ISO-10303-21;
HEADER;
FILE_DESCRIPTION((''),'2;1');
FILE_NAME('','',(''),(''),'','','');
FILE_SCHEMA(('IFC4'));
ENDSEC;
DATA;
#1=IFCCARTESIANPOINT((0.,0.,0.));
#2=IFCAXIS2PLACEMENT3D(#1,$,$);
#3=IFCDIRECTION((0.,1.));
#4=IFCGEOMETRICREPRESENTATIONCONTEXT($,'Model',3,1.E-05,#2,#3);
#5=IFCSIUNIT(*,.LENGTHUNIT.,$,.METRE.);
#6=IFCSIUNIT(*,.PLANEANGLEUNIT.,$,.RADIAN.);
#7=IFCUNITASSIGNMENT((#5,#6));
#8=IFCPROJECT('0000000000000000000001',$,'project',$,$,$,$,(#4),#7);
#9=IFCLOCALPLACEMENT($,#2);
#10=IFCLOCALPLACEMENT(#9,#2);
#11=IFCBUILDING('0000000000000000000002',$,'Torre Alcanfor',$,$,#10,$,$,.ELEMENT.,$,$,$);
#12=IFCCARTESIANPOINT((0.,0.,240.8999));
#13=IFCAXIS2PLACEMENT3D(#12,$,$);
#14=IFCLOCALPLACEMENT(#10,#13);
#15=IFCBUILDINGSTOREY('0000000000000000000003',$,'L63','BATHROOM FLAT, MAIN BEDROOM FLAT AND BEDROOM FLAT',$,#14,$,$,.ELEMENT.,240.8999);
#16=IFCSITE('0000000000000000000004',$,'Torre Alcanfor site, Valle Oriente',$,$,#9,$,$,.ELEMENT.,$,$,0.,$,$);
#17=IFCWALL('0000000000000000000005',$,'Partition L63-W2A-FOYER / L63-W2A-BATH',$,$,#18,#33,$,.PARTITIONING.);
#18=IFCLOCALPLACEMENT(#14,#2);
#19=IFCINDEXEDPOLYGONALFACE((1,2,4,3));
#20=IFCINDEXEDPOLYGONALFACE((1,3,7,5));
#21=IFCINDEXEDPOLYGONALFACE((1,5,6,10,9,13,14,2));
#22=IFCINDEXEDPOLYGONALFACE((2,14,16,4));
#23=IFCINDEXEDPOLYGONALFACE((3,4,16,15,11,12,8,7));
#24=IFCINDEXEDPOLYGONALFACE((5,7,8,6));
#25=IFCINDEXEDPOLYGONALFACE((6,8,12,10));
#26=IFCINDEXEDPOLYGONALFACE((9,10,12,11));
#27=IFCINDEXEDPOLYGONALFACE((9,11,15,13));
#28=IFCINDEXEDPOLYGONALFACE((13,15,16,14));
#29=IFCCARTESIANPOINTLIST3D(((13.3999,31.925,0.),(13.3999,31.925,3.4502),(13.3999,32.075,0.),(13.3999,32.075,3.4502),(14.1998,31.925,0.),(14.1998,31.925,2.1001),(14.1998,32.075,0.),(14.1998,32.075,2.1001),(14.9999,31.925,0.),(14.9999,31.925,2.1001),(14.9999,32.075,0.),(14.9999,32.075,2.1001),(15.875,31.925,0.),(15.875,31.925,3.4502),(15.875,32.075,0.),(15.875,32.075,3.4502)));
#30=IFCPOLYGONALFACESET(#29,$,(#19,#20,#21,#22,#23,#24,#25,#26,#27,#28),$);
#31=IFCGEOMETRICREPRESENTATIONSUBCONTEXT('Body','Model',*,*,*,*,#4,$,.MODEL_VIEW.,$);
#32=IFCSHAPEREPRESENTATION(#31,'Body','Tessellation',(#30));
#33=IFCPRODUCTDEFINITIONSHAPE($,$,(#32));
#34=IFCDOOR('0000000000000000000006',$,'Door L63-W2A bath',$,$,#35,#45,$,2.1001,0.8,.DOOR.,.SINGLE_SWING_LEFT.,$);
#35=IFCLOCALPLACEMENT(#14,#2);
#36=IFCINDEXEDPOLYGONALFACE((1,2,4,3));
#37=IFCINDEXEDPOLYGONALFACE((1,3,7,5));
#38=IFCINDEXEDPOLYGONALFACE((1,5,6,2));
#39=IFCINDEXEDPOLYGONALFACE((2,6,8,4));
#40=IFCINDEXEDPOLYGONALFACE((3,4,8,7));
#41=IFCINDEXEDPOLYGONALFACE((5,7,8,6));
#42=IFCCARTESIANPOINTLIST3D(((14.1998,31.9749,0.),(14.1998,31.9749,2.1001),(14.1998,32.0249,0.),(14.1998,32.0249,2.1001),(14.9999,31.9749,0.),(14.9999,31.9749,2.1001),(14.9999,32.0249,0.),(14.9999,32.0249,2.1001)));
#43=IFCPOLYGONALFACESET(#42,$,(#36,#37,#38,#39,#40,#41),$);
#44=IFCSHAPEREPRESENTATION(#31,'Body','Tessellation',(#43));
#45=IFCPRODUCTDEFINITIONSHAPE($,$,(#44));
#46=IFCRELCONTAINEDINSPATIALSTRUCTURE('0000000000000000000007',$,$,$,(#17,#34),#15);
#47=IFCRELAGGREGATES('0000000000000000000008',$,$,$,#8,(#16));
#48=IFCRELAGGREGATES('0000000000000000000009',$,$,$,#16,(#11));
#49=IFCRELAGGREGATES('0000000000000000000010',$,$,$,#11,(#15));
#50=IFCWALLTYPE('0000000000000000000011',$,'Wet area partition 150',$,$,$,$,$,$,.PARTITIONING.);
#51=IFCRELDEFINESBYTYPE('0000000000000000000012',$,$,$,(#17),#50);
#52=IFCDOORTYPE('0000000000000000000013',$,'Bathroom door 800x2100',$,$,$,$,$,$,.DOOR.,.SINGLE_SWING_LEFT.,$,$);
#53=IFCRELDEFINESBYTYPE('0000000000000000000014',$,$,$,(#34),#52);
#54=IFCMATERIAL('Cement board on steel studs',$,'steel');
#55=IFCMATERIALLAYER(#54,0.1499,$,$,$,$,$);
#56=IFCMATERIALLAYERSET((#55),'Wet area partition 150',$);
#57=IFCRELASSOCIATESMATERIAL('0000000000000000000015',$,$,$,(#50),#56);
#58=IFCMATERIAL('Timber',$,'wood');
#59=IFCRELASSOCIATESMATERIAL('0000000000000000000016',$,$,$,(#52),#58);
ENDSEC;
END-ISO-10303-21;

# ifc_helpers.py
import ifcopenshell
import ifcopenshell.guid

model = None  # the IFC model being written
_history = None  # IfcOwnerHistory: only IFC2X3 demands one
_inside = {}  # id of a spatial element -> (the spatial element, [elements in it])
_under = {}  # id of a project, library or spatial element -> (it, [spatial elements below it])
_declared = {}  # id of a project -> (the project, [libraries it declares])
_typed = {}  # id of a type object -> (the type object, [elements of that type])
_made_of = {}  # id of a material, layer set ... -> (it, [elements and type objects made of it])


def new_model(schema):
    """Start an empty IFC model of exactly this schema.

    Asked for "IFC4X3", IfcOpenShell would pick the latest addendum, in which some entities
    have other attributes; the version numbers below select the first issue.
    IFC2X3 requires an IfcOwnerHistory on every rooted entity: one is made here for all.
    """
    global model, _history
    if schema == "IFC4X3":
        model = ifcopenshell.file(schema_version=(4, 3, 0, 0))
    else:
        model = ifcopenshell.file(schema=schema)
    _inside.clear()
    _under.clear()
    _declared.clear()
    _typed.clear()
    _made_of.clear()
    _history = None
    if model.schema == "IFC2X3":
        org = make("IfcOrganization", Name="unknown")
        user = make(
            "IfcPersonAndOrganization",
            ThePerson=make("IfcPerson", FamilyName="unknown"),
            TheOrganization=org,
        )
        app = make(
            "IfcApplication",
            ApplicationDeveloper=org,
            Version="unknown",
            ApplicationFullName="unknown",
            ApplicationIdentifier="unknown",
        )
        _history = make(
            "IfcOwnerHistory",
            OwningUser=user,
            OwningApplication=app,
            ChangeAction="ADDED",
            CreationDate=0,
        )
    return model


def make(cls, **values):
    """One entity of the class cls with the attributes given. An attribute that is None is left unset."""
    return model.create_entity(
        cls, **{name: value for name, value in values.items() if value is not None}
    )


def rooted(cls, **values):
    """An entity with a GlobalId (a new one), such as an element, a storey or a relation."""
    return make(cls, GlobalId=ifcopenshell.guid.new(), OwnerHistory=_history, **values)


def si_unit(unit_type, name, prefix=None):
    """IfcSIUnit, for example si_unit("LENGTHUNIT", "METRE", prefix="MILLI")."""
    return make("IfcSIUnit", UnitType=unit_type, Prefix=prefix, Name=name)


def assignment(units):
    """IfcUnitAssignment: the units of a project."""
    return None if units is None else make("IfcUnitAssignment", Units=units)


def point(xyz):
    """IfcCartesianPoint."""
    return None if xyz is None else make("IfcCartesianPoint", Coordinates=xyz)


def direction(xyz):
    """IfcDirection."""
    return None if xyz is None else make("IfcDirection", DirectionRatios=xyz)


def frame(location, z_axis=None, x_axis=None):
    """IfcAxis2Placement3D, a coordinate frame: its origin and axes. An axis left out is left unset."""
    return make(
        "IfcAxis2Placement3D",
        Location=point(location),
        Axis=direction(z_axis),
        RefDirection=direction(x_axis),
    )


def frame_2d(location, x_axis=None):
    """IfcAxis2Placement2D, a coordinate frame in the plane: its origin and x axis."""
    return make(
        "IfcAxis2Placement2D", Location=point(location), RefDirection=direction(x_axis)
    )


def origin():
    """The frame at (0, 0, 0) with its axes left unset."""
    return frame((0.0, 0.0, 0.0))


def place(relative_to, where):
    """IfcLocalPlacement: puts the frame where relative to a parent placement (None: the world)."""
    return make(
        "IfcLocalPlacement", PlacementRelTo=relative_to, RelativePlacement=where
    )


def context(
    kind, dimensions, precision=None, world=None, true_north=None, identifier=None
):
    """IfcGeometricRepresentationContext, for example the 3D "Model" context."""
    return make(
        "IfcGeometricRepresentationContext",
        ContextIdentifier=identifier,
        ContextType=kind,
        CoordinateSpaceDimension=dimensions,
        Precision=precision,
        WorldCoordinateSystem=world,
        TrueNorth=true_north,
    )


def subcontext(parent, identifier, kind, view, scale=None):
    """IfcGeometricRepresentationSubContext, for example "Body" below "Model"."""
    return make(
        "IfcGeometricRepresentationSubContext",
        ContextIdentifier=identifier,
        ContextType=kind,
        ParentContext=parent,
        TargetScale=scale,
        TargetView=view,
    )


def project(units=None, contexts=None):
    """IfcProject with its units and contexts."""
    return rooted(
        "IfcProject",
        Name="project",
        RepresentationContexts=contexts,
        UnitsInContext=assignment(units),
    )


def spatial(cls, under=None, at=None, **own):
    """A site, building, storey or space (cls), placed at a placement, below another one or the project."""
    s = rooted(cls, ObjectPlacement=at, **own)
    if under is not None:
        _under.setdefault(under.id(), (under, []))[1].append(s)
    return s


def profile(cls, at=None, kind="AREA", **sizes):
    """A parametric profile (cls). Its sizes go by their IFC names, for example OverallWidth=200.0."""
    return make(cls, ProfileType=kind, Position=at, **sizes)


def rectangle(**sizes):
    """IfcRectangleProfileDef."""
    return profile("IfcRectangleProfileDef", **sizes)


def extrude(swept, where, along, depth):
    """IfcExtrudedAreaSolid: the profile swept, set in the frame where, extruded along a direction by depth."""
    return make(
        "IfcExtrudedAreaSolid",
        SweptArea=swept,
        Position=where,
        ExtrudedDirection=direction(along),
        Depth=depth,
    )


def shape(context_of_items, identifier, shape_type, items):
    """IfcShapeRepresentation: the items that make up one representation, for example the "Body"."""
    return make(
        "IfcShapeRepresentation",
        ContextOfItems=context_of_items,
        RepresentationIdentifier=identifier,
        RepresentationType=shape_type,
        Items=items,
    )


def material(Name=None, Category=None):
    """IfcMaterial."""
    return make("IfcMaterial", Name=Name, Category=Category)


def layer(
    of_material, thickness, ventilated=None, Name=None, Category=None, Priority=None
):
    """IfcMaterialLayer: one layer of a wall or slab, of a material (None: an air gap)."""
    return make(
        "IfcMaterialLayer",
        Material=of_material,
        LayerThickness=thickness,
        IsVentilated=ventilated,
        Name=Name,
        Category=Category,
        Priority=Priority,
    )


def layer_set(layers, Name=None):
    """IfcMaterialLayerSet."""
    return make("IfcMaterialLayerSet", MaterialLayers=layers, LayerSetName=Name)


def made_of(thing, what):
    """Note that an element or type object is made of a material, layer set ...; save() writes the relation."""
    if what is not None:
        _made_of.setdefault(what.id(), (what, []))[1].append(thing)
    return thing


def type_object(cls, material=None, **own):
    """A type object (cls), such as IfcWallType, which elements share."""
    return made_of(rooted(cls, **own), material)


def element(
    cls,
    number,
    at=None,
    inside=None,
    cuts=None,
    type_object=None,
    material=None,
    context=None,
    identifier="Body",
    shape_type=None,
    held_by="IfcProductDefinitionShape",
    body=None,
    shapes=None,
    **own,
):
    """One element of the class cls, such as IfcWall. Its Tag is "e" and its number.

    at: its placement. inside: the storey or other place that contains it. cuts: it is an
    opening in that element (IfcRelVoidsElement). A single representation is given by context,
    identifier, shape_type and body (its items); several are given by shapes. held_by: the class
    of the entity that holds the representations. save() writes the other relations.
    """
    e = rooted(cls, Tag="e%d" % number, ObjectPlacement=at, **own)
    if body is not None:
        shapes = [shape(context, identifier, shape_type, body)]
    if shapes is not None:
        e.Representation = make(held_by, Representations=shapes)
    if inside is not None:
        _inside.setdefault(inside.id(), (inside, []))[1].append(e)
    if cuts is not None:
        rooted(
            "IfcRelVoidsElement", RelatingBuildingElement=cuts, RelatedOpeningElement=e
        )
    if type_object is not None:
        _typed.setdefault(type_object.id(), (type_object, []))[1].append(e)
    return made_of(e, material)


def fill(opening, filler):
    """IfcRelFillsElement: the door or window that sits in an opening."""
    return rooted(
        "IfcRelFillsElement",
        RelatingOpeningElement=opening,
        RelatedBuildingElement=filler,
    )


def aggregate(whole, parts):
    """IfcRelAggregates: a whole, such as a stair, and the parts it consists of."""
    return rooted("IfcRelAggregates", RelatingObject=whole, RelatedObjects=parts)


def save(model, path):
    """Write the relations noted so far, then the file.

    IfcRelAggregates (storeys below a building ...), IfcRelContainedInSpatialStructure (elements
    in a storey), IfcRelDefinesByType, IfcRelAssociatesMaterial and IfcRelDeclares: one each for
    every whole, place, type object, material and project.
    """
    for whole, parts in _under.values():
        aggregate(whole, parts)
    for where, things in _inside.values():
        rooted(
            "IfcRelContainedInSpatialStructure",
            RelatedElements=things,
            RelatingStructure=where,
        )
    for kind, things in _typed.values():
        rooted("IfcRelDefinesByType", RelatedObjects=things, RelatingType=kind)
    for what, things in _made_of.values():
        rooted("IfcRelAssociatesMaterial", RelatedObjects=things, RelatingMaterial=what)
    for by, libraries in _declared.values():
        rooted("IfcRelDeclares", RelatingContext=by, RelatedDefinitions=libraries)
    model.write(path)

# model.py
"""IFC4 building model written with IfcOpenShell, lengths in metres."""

from ifc_helpers import new_model, si_unit, direction, frame, frame_2d, origin, place, context, subcontext, project, spatial, rectangle, extrude, material, layer, layer_set, type_object, element, fill, save


model = new_model("IFC4")

# Units and contexts
model_context = context("Model", 3, precision=1e-05, world=origin(), true_north=direction((0.0, 1.0)))
body_context = subcontext(model_context, "Body", "Model", "MODEL_VIEW")
ifc_project = project(units=[si_unit("LENGTHUNIT", "METRE"), si_unit("PLANEANGLEUNIT", "RADIAN")], contexts=[model_context])

# Site, building, storey
site_placement = place(None, origin())
site = spatial("IfcSite", under=ifc_project, at=site_placement, Name="Torre Alcanfor site, Valle Oriente", CompositionType="ELEMENT", RefElevation=0.0)
building_placement = place(site_placement, origin())
building = spatial("IfcBuilding", under=site, at=building_placement, Name="Torre Alcanfor", CompositionType="ELEMENT")
storey_placement = place(building_placement, frame((0.0, 0.0, 240.8999)))
storey = spatial("IfcBuildingStorey", under=building, at=storey_placement, Name="L63", Description="BATHROOM FLAT, MAIN BEDROOM FLAT AND BEDROOM FLAT", CompositionType="ELEMENT", Elevation=240.8999)

# Wall, opening, door
ifc_material_1 = material(Name="Cement board on steel studs", Category="steel")
ifc_layer_1 = layer(ifc_material_1, 0.1499)
ifc_layer_set_1 = layer_set([ifc_layer_1], Name="Wet area partition 150")
wall_type_1 = type_object("IfcWallType", Name="Wet area partition 150", PredefinedType="PARTITIONING", material=ifc_layer_set_1)
wall_1_placement = place(storey_placement, frame((13.3999, 32.0, 0.0), z_axis=(0.0, 0.0, 1.0), x_axis=(1.0, 0.0, 0.0)))
wall_1 = element("IfcWall", 1, at=wall_1_placement, inside=storey, type_object=wall_type_1, Name="Partition L63-W2A-FOYER / L63-W2A-BATH", PredefinedType="PARTITIONING", context=body_context, shape_type="SweptSolid", body=[
    extrude(rectangle(XDim=2.4751, YDim=0.1499, at=frame_2d((1.2375, 0.0))), origin(), (0.0, 0.0, 1.0), 3.4502),
])
opening_placement = place(wall_1_placement, frame((0.8, 0.0, 0.0)))
opening = element("IfcOpeningElement", 2, at=opening_placement, cuts=wall_1, PredefinedType="OPENING", context=body_context, shape_type="SweptSolid", body=[
    extrude(rectangle(XDim=0.8, YDim=2.1001, at=frame_2d((0.3999, 1.05))), frame((0.0, 0.085, 0.0), z_axis=(0.0, -1.0, 0.0), x_axis=(1.0, 0.0, 0.0)), (0.0, 0.0, 1.0), 0.1699),
])
ifc_material_2 = material(Name="Timber", Category="wood")
door_type = type_object("IfcDoorType", Name="Bathroom door 800x2100", OperationType="SINGLE_SWING_LEFT", PredefinedType="DOOR", material=ifc_material_2)
door_placement = place(opening_placement, origin())
door = element("IfcDoor", 3, at=door_placement, inside=storey, type_object=door_type, Name="Door L63-W2A bath", OperationType="SINGLE_SWING_LEFT", OverallHeight=2.1001, OverallWidth=0.8, PredefinedType="DOOR", context=body_context, shape_type="SweptSolid", body=[
    extrude(rectangle(XDim=0.8, YDim=2.1001, at=frame_2d((0.3999, 1.05))), frame((0.0, 0.0249, 0.0), z_axis=(0.0, -1.0, 0.0), x_axis=(1.0, 0.0, 0.0)), (0.0, 0.0, 1.0), 0.05),
])
fill(opening, door)

save(model, "model.ifc")
